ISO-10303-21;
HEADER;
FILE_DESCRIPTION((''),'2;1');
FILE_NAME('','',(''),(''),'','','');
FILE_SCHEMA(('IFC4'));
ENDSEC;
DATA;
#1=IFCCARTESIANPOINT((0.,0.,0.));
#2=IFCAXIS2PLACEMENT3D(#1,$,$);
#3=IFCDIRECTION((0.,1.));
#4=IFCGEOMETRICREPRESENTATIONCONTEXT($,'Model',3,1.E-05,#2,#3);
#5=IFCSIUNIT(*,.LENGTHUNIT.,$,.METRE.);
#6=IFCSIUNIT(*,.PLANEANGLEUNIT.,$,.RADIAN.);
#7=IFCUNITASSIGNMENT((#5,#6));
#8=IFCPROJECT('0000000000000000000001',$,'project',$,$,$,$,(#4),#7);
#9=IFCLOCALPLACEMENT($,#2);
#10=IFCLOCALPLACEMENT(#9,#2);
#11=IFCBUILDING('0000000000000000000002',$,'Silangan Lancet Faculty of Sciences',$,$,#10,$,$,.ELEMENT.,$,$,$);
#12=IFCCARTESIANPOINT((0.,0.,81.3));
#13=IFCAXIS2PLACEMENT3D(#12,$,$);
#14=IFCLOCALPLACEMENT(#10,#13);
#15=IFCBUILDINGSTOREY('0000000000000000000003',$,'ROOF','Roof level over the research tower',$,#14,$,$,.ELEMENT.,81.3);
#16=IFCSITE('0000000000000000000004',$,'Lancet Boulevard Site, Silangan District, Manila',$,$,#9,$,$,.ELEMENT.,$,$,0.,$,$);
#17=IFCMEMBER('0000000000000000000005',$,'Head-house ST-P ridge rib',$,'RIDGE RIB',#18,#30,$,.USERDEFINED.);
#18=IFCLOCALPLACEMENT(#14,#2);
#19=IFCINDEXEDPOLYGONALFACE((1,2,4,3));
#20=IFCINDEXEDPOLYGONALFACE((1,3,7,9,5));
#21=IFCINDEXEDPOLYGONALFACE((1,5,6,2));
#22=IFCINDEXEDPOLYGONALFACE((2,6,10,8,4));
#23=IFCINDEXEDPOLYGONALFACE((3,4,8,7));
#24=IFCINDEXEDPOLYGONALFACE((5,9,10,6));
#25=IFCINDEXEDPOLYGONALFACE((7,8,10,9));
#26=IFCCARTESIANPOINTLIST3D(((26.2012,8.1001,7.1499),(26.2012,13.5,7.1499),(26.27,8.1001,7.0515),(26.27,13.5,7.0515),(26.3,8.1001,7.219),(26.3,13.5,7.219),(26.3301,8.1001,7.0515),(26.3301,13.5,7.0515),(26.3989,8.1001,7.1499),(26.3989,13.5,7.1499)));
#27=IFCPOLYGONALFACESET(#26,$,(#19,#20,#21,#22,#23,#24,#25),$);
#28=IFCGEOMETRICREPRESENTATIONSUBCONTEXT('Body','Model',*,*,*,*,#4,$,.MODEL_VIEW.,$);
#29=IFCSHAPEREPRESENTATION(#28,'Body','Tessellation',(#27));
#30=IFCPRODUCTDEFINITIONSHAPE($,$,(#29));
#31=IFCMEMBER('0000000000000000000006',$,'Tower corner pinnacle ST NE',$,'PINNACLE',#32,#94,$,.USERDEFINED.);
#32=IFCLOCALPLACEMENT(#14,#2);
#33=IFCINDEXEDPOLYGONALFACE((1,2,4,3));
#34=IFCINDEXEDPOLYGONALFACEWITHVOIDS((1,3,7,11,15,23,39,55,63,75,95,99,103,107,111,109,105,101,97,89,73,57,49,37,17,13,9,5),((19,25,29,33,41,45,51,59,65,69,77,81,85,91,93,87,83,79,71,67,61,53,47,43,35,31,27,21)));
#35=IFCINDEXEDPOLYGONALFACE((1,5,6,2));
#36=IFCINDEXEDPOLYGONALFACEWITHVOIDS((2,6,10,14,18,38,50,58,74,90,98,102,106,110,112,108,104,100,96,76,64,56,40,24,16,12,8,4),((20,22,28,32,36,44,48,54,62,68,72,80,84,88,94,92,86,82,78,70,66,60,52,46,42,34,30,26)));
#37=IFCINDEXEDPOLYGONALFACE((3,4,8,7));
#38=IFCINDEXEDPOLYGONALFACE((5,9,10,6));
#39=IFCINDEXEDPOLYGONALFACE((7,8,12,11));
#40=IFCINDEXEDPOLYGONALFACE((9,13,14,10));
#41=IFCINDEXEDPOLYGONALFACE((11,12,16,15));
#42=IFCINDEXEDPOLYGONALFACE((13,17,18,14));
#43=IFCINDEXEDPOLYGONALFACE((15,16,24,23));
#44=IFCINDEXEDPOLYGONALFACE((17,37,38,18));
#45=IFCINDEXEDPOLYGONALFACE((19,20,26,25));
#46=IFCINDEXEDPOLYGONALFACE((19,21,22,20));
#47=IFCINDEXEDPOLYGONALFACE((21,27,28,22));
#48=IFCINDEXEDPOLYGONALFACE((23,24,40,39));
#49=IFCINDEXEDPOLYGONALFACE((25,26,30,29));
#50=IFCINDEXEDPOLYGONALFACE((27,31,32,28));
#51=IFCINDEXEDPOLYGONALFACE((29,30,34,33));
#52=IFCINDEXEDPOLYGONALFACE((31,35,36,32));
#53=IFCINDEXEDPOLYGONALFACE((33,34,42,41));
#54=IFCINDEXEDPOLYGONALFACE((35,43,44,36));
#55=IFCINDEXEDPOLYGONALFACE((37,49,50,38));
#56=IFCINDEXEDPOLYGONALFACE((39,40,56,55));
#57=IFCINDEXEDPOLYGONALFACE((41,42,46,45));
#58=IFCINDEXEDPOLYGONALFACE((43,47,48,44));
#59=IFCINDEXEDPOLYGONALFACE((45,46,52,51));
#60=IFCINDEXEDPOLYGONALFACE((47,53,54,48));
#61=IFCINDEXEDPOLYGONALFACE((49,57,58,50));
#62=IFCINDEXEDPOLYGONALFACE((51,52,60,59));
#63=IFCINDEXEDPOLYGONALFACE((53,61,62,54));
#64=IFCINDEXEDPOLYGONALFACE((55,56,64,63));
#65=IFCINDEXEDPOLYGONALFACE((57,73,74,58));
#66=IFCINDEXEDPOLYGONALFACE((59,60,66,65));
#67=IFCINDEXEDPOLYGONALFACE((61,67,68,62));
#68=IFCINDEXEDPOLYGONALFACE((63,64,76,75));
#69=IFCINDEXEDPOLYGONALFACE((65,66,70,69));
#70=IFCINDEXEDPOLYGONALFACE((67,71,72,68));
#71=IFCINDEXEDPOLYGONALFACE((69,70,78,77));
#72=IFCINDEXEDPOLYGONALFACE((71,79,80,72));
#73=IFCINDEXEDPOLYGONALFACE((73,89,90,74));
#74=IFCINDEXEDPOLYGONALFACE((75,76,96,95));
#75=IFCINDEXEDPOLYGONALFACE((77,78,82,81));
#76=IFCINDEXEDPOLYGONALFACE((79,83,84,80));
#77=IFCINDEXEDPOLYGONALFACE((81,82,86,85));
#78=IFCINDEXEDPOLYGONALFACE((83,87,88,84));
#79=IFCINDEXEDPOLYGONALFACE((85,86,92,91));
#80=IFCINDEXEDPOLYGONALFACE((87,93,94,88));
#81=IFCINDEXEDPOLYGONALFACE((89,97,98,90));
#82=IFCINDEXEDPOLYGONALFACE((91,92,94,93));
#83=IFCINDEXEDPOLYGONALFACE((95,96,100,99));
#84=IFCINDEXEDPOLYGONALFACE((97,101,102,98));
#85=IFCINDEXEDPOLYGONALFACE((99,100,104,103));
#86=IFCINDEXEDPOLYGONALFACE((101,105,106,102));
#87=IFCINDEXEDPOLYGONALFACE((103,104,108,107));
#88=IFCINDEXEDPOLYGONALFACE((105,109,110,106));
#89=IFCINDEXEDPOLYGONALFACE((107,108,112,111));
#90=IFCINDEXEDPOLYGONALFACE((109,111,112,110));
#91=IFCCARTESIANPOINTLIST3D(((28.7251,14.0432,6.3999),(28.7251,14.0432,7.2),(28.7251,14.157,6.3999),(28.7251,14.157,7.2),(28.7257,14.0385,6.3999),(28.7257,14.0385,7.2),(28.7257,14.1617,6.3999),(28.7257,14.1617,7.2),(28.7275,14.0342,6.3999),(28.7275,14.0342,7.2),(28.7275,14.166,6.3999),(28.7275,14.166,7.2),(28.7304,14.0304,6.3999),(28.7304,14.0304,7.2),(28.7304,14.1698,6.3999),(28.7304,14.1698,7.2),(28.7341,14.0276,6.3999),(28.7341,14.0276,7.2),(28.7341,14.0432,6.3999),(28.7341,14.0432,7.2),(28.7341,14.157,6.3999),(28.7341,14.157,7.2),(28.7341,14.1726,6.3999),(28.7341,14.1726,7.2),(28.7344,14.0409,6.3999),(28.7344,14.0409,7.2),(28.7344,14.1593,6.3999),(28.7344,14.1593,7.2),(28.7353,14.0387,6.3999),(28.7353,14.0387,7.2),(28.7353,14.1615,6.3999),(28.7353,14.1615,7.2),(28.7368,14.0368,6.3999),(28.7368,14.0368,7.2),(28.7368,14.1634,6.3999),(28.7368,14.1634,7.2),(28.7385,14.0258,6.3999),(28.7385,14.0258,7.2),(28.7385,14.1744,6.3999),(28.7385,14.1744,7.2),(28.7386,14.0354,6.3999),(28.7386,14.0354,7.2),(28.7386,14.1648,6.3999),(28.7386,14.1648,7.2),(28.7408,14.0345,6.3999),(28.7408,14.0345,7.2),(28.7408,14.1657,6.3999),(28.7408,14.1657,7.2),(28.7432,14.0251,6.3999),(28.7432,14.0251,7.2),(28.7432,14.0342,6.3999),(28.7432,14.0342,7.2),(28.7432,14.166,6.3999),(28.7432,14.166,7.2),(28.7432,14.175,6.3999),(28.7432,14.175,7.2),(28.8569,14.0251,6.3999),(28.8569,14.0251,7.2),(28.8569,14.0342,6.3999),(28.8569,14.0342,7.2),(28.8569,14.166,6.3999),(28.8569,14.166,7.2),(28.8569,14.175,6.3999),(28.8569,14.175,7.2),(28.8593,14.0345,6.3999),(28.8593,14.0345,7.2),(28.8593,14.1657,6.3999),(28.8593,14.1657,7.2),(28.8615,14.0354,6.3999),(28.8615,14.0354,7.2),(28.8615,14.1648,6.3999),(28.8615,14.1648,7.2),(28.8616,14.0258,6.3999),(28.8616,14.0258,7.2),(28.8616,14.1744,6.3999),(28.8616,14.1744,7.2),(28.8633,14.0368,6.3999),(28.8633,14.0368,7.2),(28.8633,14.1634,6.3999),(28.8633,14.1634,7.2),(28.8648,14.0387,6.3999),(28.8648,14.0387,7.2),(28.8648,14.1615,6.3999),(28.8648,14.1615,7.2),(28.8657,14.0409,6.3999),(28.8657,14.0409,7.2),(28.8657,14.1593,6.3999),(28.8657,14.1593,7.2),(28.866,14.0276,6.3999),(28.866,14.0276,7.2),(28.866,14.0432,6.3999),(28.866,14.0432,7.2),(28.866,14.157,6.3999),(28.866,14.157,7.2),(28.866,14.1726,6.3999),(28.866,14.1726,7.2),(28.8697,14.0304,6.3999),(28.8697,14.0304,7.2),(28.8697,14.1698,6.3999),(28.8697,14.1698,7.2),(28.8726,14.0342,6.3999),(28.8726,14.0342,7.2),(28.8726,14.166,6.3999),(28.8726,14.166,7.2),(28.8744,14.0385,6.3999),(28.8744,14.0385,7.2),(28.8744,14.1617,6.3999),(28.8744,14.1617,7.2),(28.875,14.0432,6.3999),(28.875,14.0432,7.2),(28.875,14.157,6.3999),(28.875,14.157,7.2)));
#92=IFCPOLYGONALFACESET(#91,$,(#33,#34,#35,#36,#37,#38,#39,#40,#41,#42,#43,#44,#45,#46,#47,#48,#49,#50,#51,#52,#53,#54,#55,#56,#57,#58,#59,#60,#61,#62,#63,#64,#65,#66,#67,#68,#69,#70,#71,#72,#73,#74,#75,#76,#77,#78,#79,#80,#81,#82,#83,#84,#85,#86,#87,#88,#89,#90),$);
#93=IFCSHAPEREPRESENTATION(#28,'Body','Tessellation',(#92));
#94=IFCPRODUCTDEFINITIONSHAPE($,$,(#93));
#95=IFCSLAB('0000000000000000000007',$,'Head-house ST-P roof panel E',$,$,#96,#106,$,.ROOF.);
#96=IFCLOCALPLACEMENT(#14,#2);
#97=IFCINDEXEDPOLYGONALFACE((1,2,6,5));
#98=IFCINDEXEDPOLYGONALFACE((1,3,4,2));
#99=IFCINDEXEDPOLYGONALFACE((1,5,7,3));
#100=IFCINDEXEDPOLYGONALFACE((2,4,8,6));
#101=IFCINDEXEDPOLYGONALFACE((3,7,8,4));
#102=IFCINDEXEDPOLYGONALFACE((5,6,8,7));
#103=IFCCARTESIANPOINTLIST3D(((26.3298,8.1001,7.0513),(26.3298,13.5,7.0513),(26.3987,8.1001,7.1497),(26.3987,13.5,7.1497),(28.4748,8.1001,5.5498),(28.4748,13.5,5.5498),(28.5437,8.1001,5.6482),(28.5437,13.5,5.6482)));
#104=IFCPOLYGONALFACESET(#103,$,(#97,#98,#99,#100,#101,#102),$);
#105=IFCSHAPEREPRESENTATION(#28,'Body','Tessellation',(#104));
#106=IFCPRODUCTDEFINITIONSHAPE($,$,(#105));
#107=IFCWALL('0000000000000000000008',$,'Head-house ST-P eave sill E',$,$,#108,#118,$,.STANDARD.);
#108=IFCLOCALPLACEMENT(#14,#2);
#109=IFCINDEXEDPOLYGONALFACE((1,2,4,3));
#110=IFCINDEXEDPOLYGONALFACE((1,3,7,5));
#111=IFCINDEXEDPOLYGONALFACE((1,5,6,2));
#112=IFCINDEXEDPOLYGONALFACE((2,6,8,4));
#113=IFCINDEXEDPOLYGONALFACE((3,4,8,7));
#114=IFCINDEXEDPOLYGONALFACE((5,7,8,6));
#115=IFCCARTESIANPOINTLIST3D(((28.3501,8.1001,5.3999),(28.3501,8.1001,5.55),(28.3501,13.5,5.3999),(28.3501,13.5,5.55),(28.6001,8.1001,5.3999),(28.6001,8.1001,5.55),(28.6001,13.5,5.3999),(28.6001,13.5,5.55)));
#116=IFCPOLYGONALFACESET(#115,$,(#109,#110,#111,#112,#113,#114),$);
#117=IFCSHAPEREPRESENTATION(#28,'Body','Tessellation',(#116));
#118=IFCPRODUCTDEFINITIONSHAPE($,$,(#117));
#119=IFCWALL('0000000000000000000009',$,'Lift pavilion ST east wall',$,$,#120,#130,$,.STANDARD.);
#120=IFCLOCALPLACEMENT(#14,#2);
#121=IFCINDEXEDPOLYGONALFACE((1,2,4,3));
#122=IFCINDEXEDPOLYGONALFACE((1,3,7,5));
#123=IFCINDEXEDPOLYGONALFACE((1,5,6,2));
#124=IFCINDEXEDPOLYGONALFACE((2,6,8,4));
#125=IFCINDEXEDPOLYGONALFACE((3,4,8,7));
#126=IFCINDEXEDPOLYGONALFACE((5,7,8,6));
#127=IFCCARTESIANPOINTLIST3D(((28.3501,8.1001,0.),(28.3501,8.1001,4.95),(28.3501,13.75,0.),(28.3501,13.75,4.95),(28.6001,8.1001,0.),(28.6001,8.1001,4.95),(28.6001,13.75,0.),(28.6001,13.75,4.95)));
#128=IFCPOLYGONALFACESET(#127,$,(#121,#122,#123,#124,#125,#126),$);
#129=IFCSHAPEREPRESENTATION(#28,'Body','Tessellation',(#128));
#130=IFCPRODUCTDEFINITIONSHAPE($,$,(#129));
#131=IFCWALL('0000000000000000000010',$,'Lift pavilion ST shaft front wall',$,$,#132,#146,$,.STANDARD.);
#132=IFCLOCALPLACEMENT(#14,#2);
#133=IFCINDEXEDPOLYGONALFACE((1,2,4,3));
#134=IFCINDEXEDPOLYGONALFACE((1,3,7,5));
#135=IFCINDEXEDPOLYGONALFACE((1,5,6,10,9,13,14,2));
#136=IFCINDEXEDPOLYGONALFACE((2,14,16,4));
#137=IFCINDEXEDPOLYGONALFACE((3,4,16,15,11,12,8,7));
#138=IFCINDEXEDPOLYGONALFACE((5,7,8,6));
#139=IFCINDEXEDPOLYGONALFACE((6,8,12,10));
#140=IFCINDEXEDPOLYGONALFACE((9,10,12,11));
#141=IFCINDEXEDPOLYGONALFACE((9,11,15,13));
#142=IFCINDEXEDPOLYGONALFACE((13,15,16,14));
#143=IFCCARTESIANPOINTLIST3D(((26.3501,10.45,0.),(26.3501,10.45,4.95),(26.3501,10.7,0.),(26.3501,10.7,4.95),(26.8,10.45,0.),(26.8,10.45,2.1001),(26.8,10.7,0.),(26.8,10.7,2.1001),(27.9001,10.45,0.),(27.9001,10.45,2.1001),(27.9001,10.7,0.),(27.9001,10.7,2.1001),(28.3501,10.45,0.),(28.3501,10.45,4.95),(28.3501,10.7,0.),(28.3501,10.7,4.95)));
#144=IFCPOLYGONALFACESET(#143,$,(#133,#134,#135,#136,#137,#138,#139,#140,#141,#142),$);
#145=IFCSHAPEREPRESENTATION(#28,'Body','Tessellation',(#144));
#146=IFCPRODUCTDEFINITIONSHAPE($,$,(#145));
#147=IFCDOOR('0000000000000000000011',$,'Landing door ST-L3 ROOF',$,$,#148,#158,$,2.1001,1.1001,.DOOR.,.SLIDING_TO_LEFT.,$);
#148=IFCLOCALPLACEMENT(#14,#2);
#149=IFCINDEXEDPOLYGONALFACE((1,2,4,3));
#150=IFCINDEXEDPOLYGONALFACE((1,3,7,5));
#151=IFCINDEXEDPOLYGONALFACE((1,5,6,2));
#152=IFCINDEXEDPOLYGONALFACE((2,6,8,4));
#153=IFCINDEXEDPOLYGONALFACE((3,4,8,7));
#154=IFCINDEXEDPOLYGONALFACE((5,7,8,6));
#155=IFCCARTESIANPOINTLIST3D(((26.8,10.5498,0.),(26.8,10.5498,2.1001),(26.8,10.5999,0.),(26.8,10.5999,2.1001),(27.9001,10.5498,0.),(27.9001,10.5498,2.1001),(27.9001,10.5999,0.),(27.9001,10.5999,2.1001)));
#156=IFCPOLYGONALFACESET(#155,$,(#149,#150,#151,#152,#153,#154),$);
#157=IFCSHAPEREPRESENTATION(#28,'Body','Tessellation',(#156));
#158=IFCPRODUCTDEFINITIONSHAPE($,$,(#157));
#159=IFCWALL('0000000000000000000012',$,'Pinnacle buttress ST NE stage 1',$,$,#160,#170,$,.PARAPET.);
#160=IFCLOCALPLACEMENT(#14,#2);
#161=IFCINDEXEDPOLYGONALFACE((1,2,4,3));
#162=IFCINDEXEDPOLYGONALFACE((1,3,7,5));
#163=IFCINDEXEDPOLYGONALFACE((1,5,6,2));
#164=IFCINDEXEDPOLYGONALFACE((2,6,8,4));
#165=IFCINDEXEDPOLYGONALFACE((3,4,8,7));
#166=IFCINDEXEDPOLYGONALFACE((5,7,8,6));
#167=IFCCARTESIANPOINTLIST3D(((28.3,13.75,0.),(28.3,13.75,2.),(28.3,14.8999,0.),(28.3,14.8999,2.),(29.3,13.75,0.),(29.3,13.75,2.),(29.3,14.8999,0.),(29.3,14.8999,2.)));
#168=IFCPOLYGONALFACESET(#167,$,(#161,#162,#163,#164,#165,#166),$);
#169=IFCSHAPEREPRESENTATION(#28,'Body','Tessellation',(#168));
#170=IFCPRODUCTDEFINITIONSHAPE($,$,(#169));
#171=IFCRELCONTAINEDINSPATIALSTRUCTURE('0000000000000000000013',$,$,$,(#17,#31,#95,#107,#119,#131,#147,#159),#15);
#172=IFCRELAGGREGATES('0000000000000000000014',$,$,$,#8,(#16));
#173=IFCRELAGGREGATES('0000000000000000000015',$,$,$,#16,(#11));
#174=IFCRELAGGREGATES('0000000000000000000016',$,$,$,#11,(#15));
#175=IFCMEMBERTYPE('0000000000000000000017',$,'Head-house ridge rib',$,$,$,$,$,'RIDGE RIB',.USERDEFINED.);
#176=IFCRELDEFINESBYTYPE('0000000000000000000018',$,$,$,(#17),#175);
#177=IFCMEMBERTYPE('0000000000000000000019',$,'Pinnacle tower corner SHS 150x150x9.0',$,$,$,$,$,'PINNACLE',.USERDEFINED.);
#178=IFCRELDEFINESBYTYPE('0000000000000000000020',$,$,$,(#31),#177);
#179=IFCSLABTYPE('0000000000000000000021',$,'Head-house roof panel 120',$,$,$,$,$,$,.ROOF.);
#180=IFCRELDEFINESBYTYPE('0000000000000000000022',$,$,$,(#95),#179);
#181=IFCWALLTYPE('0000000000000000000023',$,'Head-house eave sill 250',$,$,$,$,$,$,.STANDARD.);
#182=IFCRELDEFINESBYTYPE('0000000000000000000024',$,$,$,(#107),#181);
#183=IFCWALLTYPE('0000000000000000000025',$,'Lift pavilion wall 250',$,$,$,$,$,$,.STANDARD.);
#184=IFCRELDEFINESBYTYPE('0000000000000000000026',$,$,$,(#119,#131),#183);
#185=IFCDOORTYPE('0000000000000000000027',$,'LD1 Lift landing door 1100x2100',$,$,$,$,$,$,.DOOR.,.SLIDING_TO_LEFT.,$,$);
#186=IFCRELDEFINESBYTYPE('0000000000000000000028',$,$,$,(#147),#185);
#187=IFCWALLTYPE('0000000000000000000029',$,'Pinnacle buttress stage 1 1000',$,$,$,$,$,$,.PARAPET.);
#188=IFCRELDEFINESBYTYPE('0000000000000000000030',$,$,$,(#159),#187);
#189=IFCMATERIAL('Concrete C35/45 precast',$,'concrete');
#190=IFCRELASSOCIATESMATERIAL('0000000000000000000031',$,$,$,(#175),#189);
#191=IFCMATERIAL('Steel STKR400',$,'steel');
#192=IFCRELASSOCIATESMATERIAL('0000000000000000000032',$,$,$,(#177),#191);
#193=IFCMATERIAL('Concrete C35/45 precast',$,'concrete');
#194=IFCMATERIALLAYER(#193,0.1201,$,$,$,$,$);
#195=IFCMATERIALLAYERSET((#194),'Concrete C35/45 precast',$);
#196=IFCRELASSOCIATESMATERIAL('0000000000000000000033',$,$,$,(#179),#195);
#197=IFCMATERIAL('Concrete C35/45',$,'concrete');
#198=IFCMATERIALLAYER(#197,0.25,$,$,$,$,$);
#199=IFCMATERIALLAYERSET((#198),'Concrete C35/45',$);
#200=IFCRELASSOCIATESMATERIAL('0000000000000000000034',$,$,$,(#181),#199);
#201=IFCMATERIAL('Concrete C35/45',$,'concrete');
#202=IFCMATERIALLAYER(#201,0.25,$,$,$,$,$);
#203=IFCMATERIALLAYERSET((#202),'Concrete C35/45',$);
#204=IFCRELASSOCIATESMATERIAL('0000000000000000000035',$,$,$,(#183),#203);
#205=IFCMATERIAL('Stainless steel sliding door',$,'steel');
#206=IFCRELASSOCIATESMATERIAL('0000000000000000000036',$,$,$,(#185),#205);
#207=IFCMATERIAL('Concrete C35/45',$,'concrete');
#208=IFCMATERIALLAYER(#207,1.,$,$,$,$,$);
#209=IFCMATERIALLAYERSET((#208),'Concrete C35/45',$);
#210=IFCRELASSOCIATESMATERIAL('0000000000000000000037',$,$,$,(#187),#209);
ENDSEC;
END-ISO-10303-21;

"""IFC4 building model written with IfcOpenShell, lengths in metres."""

from ifc_helpers import new_model, si_unit, direction, frame, frame_2d, origin, origin_2d, place, context, subcontext, project, spatial, polyline, rectangle, hollow_rectangle, outline, extrude, material, layer, layer_set, material_profile, profile_set, type_object, element, fill, save


model = new_model("IFC4")

# Units and contexts
model_context = context("Model", 3, precision=1e-05, world=origin(), true_north=direction((0.0, 1.0)))
body_context = subcontext(model_context, "Body", "Model", "MODEL_VIEW")
ifc_project = project(units=[si_unit("LENGTHUNIT", "METRE"), si_unit("PLANEANGLEUNIT", "RADIAN")], contexts=[model_context])

# Site, building, storey
site_placement = place(None, origin())
site = spatial("IfcSite", under=ifc_project, at=site_placement, Name="Lancet Boulevard Site, Silangan District, Manila", CompositionType="ELEMENT", RefElevation=0.0)
building_placement = place(site_placement, origin())
building = spatial("IfcBuilding", under=site, at=building_placement, Name="Silangan Lancet Faculty of Sciences", CompositionType="ELEMENT")
storey_placement = place(building_placement, frame((0.0, 0.0, 81.3)))
storey = spatial("IfcBuildingStorey", under=building, at=storey_placement, Name="ROOF", Description="Roof level over the research tower", CompositionType="ELEMENT", Elevation=81.3)

# Members
ifc_material_1 = material(Name="Concrete C35/45 precast", Category="concrete")
ifc_material_profile_1 = material_profile(ifc_material_1, outline(polyline([(0.0, 0.0), (0.0989, -0.0691), (0.03, -0.1675), (-0.03, -0.1675), (-0.0989, -0.0691), (0.0, 0.0)])), Name="ridge rib")
ifc_profile_set_1 = profile_set([ifc_material_profile_1], Name="Concrete C35/45 precast")
member_type_1 = type_object("IfcMemberType", Name="Head-house ridge rib", ElementType="RIDGE RIB", PredefinedType="USERDEFINED", material=ifc_profile_set_1)
member_1_placement = place(storey_placement, frame((26.3, 8.1001, 7.219), z_axis=(0.0, 1.0, 0.0), x_axis=(-1.0, 0.0, 0.0)))
element("IfcMember", 1, at=member_1_placement, inside=storey, type_object=member_type_1, Name="Head-house ST-P ridge rib", ObjectType="RIDGE RIB", PredefinedType="USERDEFINED", context=body_context, shape_type="SweptSolid", body=[
    extrude(outline(polyline([(0.0, 0.0), (0.0989, -0.0691), (0.03, -0.1675), (-0.03, -0.1675), (-0.0989, -0.0691), (0.0, 0.0)])), origin(), (0.0, 0.0, 1.0), 5.3999),
])
ifc_material_2 = material(Name="Steel STKR400", Category="steel")
ifc_material_profile_2 = material_profile(ifc_material_2, hollow_rectangle(XDim=0.1499, YDim=0.1499, WallThickness=0.009, InnerFilletRadius=0.009, OuterFilletRadius=0.0181, at=origin_2d()), Name="SHS 150x150x9.0")
ifc_profile_set_2 = profile_set([ifc_material_profile_2], Name="Steel STKR400")
member_type_2 = type_object("IfcMemberType", Name="Pinnacle tower corner SHS 150x150x9.0", ElementType="PINNACLE", PredefinedType="USERDEFINED", material=ifc_profile_set_2)
member_2_placement = place(storey_placement, frame((28.8, 14.1001, 6.3999), z_axis=(0.0, 0.0, 1.0), x_axis=(1.0, 0.0, 0.0)))
element("IfcMember", 2, at=member_2_placement, inside=storey, type_object=member_type_2, Name="Tower corner pinnacle ST NE", ObjectType="PINNACLE", PredefinedType="USERDEFINED", context=body_context, shape_type="SweptSolid", body=[
    extrude(hollow_rectangle(XDim=0.1499, YDim=0.1499, WallThickness=0.009, InnerFilletRadius=0.009, OuterFilletRadius=0.0181, at=origin_2d()), origin(), (0.0, 0.0, 1.0), 0.8),
])

# Slab
ifc_material_3 = material(Name="Concrete C35/45 precast", Category="concrete")
ifc_layer_1 = layer(ifc_material_3, 0.1201)
ifc_layer_set_1 = layer_set([ifc_layer_1], Name="Concrete C35/45 precast")
slab_type = type_object("IfcSlabType", Name="Head-house roof panel 120", PredefinedType="ROOF", material=ifc_layer_set_1)
slab_placement = place(storey_placement, frame((28.5437, 8.1001, 5.6482), z_axis=(0.57345, 0.0, 0.819241), x_axis=(0.0, 1.0, 0.0)))
element("IfcSlab", 3, at=slab_placement, inside=storey, type_object=slab_type, Name="Head-house ST-P roof panel E", PredefinedType="ROOF", context=body_context, shape_type="SweptSolid", body=[
    extrude(outline(polyline([(0.0, 0.0), (5.3999, 0.0), (5.3999, 2.6183), (0.0, 2.6183), (0.0, 0.0)])), origin(), (0.0, 0.0, -1.0), 0.1201),
])

# Walls
ifc_material_4 = material(Name="Concrete C35/45", Category="concrete")
ifc_layer_2 = layer(ifc_material_4, 0.25)
ifc_layer_set_2 = layer_set([ifc_layer_2], Name="Concrete C35/45")
wall_type_1 = type_object("IfcWallType", Name="Head-house eave sill 250", PredefinedType="STANDARD", material=ifc_layer_set_2)
wall_1_placement = place(storey_placement, frame((28.4751, 8.1001, 5.3999), z_axis=(0.0, 0.0, 1.0), x_axis=(0.0, 1.0, 0.0)))
element("IfcWall", 4, at=wall_1_placement, inside=storey, type_object=wall_type_1, Name="Head-house ST-P eave sill E", PredefinedType="STANDARD", context=body_context, shape_type="SweptSolid", body=[
    extrude(rectangle(XDim=5.3999, YDim=0.25, at=frame_2d((2.7, 0.0))), origin(), (0.0, 0.0, 1.0), 0.1501),
])
ifc_material_5 = material(Name="Concrete C35/45", Category="concrete")
ifc_layer_3 = layer(ifc_material_5, 0.25)
ifc_layer_set_3 = layer_set([ifc_layer_3], Name="Concrete C35/45")
wall_type_2 = type_object("IfcWallType", Name="Lift pavilion wall 250", PredefinedType="STANDARD", material=ifc_layer_set_3)
wall_2_placement = place(storey_placement, frame((28.4751, 8.1001, 0.0), z_axis=(0.0, 0.0, 1.0), x_axis=(0.0, 1.0, 0.0)))
element("IfcWall", 5, at=wall_2_placement, inside=storey, type_object=wall_type_2, Name="Lift pavilion ST east wall", PredefinedType="STANDARD", context=body_context, shape_type="SweptSolid", body=[
    extrude(rectangle(XDim=5.6499, YDim=0.25, at=frame_2d((2.825, 0.0))), origin(), (0.0, 0.0, 1.0), 4.95),
])

# Wall, opening, door
wall_3_placement = place(storey_placement, frame((26.3501, 10.575, 0.0), z_axis=(0.0, 0.0, 1.0), x_axis=(1.0, 0.0, 0.0)))
wall_3 = element("IfcWall", 6, at=wall_3_placement, inside=storey, type_object=wall_type_2, Name="Lift pavilion ST shaft front wall", PredefinedType="STANDARD", context=body_context, shape_type="SweptSolid", body=[
    extrude(rectangle(XDim=2.0, YDim=0.25, at=frame_2d((1.0, 0.0))), origin(), (0.0, 0.0, 1.0), 4.95),
])
opening_placement = place(wall_3_placement, frame((0.45, 0.0, 0.0)))
opening = element("IfcOpeningElement", 7, at=opening_placement, cuts=wall_3, PredefinedType="OPENING", context=body_context, shape_type="SweptSolid", body=[
    extrude(rectangle(XDim=1.1001, YDim=2.1001, at=frame_2d((0.55, 1.05))), frame((0.0, 0.135, 0.0), z_axis=(0.0, -1.0, 0.0), x_axis=(1.0, 0.0, 0.0)), (0.0, 0.0, 1.0), 0.27),
])
ifc_material_6 = material(Name="Stainless steel sliding door", Category="steel")
door_type = type_object("IfcDoorType", Name="LD1 Lift landing door 1100x2100", OperationType="SLIDING_TO_LEFT", PredefinedType="DOOR", material=ifc_material_6)
door_placement = place(opening_placement, origin())
door = element("IfcDoor", 8, at=door_placement, inside=storey, type_object=door_type, Name="Landing door ST-L3 ROOF", OperationType="SLIDING_TO_LEFT", OverallHeight=2.1001, OverallWidth=1.1001, PredefinedType="DOOR", context=body_context, shape_type="SweptSolid", body=[
    extrude(rectangle(XDim=1.1001, YDim=2.1001, at=frame_2d((0.55, 1.05))), frame((0.0, 0.0249, 0.0), z_axis=(0.0, -1.0, 0.0), x_axis=(1.0, 0.0, 0.0)), (0.0, 0.0, 1.0), 0.05),
])
fill(opening, door)

# Wall
ifc_material_7 = material(Name="Concrete C35/45", Category="concrete")
ifc_layer_4 = layer(ifc_material_7, 1.0)
ifc_layer_set_4 = layer_set([ifc_layer_4], Name="Concrete C35/45")
wall_type_3 = type_object("IfcWallType", Name="Pinnacle buttress stage 1 1000", PredefinedType="PARAPET", material=ifc_layer_set_4)
wall_4_placement = place(storey_placement, frame((28.8, 13.75, 0.0), z_axis=(0.0, 0.0, 1.0), x_axis=(0.0, 1.0, 0.0)))
element("IfcWall", 9, at=wall_4_placement, inside=storey, type_object=wall_type_3, Name="Pinnacle buttress ST NE stage 1", PredefinedType="PARAPET", context=body_context, shape_type="SweptSolid", body=[
    extrude(rectangle(XDim=1.1499, YDim=1.0, at=frame_2d((0.575, 0.0))), origin(), (0.0, 0.0, 1.0), 2.0),
])

save(model, "model.ifc")
